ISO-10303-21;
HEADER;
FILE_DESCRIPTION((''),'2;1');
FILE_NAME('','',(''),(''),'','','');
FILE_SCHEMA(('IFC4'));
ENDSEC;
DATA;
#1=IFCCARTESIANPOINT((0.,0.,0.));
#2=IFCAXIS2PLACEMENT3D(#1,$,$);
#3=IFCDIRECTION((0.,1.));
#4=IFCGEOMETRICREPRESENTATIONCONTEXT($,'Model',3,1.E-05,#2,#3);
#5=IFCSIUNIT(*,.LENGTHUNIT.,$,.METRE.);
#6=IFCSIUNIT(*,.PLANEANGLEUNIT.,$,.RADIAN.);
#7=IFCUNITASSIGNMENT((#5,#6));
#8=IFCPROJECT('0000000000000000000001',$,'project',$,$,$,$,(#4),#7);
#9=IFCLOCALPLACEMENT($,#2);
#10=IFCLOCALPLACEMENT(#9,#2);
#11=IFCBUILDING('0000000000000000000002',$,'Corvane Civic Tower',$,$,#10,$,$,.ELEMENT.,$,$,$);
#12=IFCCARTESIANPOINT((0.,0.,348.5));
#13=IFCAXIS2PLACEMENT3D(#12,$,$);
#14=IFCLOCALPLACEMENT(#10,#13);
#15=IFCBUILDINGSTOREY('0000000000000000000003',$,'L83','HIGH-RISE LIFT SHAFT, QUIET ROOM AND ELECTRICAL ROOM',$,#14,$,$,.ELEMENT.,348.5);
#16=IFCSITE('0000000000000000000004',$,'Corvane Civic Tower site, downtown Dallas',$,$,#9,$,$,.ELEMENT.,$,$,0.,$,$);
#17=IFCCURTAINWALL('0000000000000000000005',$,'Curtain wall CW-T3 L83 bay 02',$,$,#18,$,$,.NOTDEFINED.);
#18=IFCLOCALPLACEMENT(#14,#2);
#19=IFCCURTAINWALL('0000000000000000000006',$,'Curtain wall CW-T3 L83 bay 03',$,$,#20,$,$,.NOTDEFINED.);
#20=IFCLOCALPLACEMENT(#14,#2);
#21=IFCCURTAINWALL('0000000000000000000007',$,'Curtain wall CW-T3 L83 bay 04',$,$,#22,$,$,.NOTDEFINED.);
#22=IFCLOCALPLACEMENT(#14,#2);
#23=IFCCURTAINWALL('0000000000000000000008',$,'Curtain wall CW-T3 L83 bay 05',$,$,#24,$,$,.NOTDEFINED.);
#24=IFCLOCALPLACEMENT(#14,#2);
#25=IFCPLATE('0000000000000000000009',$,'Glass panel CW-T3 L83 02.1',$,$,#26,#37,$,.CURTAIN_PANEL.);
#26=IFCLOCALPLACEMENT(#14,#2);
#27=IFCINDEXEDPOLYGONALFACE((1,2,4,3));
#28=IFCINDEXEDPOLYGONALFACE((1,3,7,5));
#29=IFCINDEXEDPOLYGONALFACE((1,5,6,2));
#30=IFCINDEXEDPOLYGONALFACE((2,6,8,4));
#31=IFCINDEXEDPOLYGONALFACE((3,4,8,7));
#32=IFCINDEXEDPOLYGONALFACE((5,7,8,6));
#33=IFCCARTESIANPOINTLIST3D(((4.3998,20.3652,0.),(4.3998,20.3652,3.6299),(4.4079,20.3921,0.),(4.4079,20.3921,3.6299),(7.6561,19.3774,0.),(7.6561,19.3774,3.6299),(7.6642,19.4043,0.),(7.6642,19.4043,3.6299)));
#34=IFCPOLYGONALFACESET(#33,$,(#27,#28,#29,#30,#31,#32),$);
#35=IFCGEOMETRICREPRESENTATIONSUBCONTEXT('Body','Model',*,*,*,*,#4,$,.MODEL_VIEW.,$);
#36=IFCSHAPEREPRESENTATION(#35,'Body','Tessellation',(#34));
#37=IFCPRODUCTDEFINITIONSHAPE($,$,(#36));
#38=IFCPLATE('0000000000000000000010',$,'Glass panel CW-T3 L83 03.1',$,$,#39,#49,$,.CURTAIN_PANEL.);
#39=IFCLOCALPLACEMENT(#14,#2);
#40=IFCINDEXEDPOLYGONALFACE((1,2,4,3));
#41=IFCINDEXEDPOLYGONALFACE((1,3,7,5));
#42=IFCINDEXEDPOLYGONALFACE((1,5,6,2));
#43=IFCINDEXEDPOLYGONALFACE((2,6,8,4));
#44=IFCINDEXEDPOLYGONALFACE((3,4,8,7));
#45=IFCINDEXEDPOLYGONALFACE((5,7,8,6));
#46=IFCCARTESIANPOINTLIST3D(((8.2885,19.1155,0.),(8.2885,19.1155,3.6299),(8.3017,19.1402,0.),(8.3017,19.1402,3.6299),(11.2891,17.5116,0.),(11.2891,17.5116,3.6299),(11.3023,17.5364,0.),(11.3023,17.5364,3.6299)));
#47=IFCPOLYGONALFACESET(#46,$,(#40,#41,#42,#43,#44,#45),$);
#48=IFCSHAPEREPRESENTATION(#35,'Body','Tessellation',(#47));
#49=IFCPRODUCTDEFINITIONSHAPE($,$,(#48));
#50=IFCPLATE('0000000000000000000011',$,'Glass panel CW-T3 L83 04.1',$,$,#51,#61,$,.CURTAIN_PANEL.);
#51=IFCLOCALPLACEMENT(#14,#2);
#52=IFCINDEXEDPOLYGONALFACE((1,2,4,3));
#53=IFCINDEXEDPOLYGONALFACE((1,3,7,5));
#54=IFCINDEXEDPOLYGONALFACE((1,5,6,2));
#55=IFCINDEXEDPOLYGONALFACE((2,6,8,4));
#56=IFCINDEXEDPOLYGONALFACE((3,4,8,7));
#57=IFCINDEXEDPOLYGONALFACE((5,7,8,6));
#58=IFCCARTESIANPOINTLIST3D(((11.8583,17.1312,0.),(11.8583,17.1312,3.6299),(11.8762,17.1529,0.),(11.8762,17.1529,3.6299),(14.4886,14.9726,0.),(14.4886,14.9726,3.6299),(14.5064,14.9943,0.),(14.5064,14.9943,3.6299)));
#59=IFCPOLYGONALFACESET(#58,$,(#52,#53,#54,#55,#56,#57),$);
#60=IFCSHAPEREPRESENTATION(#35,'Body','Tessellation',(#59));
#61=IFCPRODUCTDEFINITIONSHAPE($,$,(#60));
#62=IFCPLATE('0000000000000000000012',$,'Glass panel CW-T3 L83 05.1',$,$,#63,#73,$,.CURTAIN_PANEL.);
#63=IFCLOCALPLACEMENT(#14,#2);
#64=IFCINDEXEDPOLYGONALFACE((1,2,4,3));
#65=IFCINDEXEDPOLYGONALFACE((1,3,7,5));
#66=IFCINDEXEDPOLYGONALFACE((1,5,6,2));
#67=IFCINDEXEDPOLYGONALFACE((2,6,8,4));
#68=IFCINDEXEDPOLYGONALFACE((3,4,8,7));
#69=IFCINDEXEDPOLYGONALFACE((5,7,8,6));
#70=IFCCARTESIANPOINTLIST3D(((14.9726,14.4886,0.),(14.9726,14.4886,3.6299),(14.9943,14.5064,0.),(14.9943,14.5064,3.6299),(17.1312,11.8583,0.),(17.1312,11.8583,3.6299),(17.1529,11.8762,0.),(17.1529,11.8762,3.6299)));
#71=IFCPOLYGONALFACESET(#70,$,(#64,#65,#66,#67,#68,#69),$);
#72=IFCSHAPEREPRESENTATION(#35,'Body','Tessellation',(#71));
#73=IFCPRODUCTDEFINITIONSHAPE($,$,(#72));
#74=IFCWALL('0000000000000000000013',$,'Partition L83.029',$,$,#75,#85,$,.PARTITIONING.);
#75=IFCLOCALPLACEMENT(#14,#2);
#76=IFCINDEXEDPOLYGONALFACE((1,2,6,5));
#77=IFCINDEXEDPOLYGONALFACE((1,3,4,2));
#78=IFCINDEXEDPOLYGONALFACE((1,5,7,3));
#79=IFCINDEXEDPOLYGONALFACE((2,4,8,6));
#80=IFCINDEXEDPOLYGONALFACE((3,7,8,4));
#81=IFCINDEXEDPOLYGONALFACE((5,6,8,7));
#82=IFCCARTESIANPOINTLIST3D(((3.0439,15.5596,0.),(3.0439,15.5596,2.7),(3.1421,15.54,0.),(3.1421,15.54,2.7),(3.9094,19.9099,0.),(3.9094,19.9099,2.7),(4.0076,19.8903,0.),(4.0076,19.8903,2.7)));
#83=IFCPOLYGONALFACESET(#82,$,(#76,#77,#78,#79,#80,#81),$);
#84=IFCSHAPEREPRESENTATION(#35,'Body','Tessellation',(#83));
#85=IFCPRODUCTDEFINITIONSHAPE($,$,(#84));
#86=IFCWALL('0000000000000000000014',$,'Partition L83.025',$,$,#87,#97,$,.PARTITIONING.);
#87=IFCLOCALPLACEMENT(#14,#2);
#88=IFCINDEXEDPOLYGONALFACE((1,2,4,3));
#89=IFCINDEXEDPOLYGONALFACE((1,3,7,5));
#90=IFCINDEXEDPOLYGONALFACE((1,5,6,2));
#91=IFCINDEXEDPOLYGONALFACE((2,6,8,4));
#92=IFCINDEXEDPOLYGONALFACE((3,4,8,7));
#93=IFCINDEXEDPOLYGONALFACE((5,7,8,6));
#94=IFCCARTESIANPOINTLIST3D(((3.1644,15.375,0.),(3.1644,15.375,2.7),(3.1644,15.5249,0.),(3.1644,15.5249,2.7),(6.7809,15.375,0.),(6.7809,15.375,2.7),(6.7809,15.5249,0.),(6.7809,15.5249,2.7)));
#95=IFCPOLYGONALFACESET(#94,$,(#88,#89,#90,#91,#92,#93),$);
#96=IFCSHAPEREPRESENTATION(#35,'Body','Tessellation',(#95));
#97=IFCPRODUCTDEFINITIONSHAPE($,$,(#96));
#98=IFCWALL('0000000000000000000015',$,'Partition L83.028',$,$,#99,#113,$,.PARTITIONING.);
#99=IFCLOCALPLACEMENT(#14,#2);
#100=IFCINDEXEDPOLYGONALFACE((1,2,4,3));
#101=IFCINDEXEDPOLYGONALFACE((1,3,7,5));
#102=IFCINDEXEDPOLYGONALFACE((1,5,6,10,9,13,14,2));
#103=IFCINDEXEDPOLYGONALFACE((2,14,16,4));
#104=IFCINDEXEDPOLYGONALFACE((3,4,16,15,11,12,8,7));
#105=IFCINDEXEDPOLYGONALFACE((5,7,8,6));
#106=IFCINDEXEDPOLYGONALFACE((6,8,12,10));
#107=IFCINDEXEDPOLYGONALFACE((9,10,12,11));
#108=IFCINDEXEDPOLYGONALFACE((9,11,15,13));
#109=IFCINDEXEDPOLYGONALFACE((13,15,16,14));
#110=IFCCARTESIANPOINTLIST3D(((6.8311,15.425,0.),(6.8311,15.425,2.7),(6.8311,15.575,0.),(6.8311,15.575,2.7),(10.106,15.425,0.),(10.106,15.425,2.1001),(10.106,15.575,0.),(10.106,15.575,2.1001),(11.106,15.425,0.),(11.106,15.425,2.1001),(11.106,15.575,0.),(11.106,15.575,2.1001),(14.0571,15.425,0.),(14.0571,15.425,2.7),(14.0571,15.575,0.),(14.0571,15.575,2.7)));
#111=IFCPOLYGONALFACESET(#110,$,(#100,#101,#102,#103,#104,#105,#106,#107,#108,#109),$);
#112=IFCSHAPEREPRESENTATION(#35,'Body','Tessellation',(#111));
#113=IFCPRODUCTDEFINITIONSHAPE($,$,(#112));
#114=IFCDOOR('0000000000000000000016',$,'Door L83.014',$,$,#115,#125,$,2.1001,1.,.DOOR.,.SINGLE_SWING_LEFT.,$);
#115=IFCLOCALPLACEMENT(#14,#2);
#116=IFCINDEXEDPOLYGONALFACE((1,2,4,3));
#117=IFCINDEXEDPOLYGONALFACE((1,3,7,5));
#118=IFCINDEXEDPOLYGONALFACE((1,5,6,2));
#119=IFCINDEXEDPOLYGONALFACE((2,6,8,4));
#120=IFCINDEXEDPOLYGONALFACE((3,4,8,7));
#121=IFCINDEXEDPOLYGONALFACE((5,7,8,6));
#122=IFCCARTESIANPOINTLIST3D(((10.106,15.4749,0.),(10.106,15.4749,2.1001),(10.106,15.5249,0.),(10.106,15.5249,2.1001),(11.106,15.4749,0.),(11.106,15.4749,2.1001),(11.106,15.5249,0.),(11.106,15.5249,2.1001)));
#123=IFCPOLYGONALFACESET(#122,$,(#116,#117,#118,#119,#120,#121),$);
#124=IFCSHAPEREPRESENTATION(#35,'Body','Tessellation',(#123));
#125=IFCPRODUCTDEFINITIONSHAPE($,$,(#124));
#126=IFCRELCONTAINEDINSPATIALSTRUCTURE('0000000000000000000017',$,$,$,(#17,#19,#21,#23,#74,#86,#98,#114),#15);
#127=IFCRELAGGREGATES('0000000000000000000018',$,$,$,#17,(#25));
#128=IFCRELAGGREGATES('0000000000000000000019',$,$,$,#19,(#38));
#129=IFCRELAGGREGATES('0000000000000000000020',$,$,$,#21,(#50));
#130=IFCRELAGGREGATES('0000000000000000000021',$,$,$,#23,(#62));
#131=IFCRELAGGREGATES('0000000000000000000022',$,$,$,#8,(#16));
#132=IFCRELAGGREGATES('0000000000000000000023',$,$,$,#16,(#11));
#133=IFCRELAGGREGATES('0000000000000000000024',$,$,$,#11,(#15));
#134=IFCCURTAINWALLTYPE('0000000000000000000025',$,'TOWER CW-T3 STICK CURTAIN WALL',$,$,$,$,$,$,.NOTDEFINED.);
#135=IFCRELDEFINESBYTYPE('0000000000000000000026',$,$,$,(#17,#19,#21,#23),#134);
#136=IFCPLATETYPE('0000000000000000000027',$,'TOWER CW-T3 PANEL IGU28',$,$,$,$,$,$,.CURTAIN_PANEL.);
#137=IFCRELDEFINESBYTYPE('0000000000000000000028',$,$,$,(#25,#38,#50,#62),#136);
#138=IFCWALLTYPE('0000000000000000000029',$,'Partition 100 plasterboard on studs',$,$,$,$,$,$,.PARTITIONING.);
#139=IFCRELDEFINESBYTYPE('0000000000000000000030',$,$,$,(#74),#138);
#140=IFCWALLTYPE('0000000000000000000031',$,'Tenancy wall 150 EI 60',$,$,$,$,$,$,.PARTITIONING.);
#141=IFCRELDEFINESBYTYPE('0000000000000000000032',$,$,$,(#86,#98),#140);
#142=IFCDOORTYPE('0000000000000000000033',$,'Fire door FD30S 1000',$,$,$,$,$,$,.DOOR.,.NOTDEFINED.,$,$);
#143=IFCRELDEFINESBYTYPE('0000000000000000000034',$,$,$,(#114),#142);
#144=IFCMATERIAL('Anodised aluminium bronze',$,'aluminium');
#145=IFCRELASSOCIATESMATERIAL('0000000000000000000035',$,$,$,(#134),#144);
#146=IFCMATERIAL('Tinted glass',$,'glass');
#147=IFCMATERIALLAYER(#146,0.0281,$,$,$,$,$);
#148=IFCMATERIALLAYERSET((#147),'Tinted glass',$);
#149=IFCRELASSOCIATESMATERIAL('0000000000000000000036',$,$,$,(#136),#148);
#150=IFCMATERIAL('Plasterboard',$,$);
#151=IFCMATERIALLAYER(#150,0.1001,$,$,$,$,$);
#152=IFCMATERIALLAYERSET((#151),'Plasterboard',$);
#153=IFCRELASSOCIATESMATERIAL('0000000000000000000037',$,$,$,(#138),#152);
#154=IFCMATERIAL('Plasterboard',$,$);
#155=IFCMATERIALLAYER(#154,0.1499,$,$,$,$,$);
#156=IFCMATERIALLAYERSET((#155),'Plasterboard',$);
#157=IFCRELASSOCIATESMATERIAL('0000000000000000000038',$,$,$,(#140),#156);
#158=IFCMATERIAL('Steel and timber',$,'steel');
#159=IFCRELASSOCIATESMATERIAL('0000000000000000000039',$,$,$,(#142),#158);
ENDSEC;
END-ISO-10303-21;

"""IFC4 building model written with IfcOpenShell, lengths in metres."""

from ifc_helpers import new_model, si_unit, direction, frame, frame_2d, origin, origin_2d, place, context, subcontext, project, spatial, rectangle, extrude, material, layer, layer_set, type_object, element, fill, aggregate, save


model = new_model("IFC4")

# Units and contexts
model_context = context("Model", 3, precision=1e-05, world=origin(), true_north=direction((0.0, 1.0)))
body_context = subcontext(model_context, "Body", "Model", "MODEL_VIEW")
ifc_project = project(units=[si_unit("LENGTHUNIT", "METRE"), si_unit("PLANEANGLEUNIT", "RADIAN")], contexts=[model_context])

# Site, building, storey
site_placement = place(None, origin())
site = spatial("IfcSite", under=ifc_project, at=site_placement, Name="Corvane Civic Tower site, downtown Dallas", CompositionType="ELEMENT", RefElevation=0.0)
building_placement = place(site_placement, origin())
building = spatial("IfcBuilding", under=site, at=building_placement, Name="Corvane Civic Tower", CompositionType="ELEMENT")
storey_placement = place(building_placement, frame((0.0, 0.0, 348.5)))
storey = spatial("IfcBuildingStorey", under=building, at=storey_placement, Name="L83", Description="HIGH-RISE LIFT SHAFT, QUIET ROOM AND ELECTRICAL ROOM", CompositionType="ELEMENT", Elevation=348.5)

# Curtain walls
ifc_material_1 = material(Name="Anodised aluminium bronze", Category="aluminium")
curtain_wall_type = type_object("IfcCurtainWallType", Name="TOWER CW-T3 STICK CURTAIN WALL", PredefinedType="NOTDEFINED", material=ifc_material_1)
curtain_wall_1_placement = place(storey_placement, origin())
curtain_wall_1 = element("IfcCurtainWall", 1, at=curtain_wall_1_placement, inside=storey, type_object=curtain_wall_type, Name="Curtain wall CW-T3 L83 bay 02", PredefinedType="NOTDEFINED")
curtain_wall_2_placement = place(storey_placement, origin())
curtain_wall_2 = element("IfcCurtainWall", 2, at=curtain_wall_2_placement, inside=storey, type_object=curtain_wall_type, Name="Curtain wall CW-T3 L83 bay 03", PredefinedType="NOTDEFINED")
curtain_wall_3_placement = place(storey_placement, origin())
curtain_wall_3 = element("IfcCurtainWall", 3, at=curtain_wall_3_placement, inside=storey, type_object=curtain_wall_type, Name="Curtain wall CW-T3 L83 bay 04", PredefinedType="NOTDEFINED")
curtain_wall_4_placement = place(storey_placement, origin())
curtain_wall_4 = element("IfcCurtainWall", 4, at=curtain_wall_4_placement, inside=storey, type_object=curtain_wall_type, Name="Curtain wall CW-T3 L83 bay 05", PredefinedType="NOTDEFINED")

# Plates
ifc_material_2 = material(Name="Tinted glass", Category="glass")
ifc_layer_1 = layer(ifc_material_2, 0.0281)
ifc_layer_set_1 = layer_set([ifc_layer_1], Name="Tinted glass")
plate_type = type_object("IfcPlateType", Name="TOWER CW-T3 PANEL IGU28", PredefinedType="CURTAIN_PANEL", material=ifc_layer_set_1)
plate_1_placement = place(storey_placement, frame((6.032, 19.8848, 0.0), z_axis=(0.0, 0.0, 1.0), x_axis=(0.956939, -0.29029, 0.0)))
plate_1 = element("IfcPlate", 5, at=plate_1_placement, type_object=plate_type, Name="Glass panel CW-T3 L83 02.1", PredefinedType="CURTAIN_PANEL", context=body_context, shape_type="SweptSolid", body=[
    extrude(rectangle(XDim=3.4028, YDim=0.0281, at=origin_2d()), origin(), (0.0, 0.0, 1.0), 3.6299),
])
aggregate(curtain_wall_1, [plate_1])
plate_2_placement = place(storey_placement, frame((9.7954, 18.3259, 0.0), z_axis=(0.0, 0.0, 1.0), x_axis=(0.881928, -0.471384, 0.0)))
plate_2 = element("IfcPlate", 6, at=plate_2_placement, type_object=plate_type, Name="Glass panel CW-T3 L83 03.1", PredefinedType="CURTAIN_PANEL", context=body_context, shape_type="SweptSolid", body=[
    extrude(rectangle(XDim=3.4023, YDim=0.0281, at=origin_2d()), origin(), (0.0, 0.0, 1.0), 3.6299),
])
aggregate(curtain_wall_2, [plate_2])
plate_3_placement = place(storey_placement, frame((13.1824, 16.0627, 0.0), z_axis=(0.0, 0.0, 1.0), x_axis=(0.77301, -0.634393, 0.0)))
plate_3 = element("IfcPlate", 7, at=plate_3_placement, type_object=plate_type, Name="Glass panel CW-T3 L83 04.1", PredefinedType="CURTAIN_PANEL", context=body_context, shape_type="SweptSolid", body=[
    extrude(rectangle(XDim=3.4026, YDim=0.0281, at=origin_2d()), origin(), (0.0, 0.0, 1.0), 3.6299),
])
aggregate(curtain_wall_3, [plate_3])
plate_4_placement = place(storey_placement, frame((16.0627, 13.1824, 0.0), z_axis=(0.0, 0.0, 1.0), x_axis=(0.634393, -0.77301, 0.0)))
plate_4 = element("IfcPlate", 8, at=plate_4_placement, type_object=plate_type, Name="Glass panel CW-T3 L83 05.1", PredefinedType="CURTAIN_PANEL", context=body_context, shape_type="SweptSolid", body=[
    extrude(rectangle(XDim=3.4026, YDim=0.0281, at=origin_2d()), origin(), (0.0, 0.0, 1.0), 3.6299),
])
aggregate(curtain_wall_4, [plate_4])

# Walls
ifc_material_3 = material(Name="Plasterboard")
ifc_layer_2 = layer(ifc_material_3, 0.1001)
ifc_layer_set_2 = layer_set([ifc_layer_2], Name="Plasterboard")
wall_type_1 = type_object("IfcWallType", Name="Partition 100 plasterboard on studs", PredefinedType="PARTITIONING", material=ifc_layer_set_2)
wall_1_placement = place(storey_placement, frame((3.093, 15.5498, 0.0), z_axis=(0.0, 0.0, 1.0), x_axis=(0.195121, 0.980779, 0.0)))
element("IfcWall", 9, at=wall_1_placement, inside=storey, type_object=wall_type_1, Name="Partition L83.029", PredefinedType="PARTITIONING", context=body_context, shape_type="SweptSolid", body=[
    extrude(rectangle(XDim=4.4355, YDim=0.1001, at=frame_2d((2.2178, 0.0))), origin(), (0.0, 0.0, 1.0), 2.7),
])
ifc_material_4 = material(Name="Plasterboard")
ifc_layer_3 = layer(ifc_material_4, 0.1499)
ifc_layer_set_3 = layer_set([ifc_layer_3], Name="Plasterboard")
wall_type_2 = type_object("IfcWallType", Name="Tenancy wall 150 EI 60", PredefinedType="PARTITIONING", material=ifc_layer_set_3)
wall_2_placement = place(storey_placement, frame((3.1646, 15.45, 0.0), z_axis=(0.0, 0.0, 1.0), x_axis=(1.0, 0.0, 0.0)))
element("IfcWall", 10, at=wall_2_placement, inside=storey, type_object=wall_type_2, Name="Partition L83.025", PredefinedType="PARTITIONING", context=body_context, shape_type="SweptSolid", body=[
    extrude(rectangle(XDim=3.6165, YDim=0.1499, at=frame_2d((1.8081, 0.0))), origin(), (0.0, 0.0, 1.0), 2.7),
])

# Wall, opening, door
wall_3_placement = place(storey_placement, frame((6.8311, 15.5, 0.0), z_axis=(0.0, 0.0, 1.0), x_axis=(1.0, 0.0, 0.0)))
wall_3 = element("IfcWall", 11, at=wall_3_placement, inside=storey, type_object=wall_type_2, Name="Partition L83.028", PredefinedType="PARTITIONING", context=body_context, shape_type="SweptSolid", body=[
    extrude(rectangle(XDim=7.2261, YDim=0.1499, at=frame_2d((3.613, 0.0))), origin(), (0.0, 0.0, 1.0), 2.7),
])
opening_placement = place(wall_3_placement, frame((3.2749, 0.0, 0.0)))
opening = element("IfcOpeningElement", 12, at=opening_placement, cuts=wall_3, PredefinedType="OPENING", context=body_context, shape_type="SweptSolid", body=[
    extrude(rectangle(XDim=1.0, YDim=2.1001, at=frame_2d((0.5, 1.05))), frame((0.0, 0.085, 0.0), z_axis=(0.0, -1.0, 0.0), x_axis=(1.0, 0.0, 0.0)), (0.0, 0.0, 1.0), 0.1699),
])
ifc_material_5 = material(Name="Steel and timber", Category="steel")
door_type = type_object("IfcDoorType", Name="Fire door FD30S 1000", OperationType="NOTDEFINED", PredefinedType="DOOR", material=ifc_material_5)
door_placement = place(opening_placement, origin())
door = element("IfcDoor", 13, at=door_placement, inside=storey, type_object=door_type, Name="Door L83.014", OperationType="SINGLE_SWING_LEFT", OverallHeight=2.1001, OverallWidth=1.0, PredefinedType="DOOR", context=body_context, shape_type="SweptSolid", body=[
    extrude(rectangle(XDim=1.0, YDim=2.1001, at=frame_2d((0.5, 1.05))), frame((0.0, 0.0249, 0.0), z_axis=(0.0, -1.0, 0.0), x_axis=(1.0, 0.0, 0.0)), (0.0, 0.0, 1.0), 0.05),
])
fill(opening, door)

save(model, "model.ifc")
